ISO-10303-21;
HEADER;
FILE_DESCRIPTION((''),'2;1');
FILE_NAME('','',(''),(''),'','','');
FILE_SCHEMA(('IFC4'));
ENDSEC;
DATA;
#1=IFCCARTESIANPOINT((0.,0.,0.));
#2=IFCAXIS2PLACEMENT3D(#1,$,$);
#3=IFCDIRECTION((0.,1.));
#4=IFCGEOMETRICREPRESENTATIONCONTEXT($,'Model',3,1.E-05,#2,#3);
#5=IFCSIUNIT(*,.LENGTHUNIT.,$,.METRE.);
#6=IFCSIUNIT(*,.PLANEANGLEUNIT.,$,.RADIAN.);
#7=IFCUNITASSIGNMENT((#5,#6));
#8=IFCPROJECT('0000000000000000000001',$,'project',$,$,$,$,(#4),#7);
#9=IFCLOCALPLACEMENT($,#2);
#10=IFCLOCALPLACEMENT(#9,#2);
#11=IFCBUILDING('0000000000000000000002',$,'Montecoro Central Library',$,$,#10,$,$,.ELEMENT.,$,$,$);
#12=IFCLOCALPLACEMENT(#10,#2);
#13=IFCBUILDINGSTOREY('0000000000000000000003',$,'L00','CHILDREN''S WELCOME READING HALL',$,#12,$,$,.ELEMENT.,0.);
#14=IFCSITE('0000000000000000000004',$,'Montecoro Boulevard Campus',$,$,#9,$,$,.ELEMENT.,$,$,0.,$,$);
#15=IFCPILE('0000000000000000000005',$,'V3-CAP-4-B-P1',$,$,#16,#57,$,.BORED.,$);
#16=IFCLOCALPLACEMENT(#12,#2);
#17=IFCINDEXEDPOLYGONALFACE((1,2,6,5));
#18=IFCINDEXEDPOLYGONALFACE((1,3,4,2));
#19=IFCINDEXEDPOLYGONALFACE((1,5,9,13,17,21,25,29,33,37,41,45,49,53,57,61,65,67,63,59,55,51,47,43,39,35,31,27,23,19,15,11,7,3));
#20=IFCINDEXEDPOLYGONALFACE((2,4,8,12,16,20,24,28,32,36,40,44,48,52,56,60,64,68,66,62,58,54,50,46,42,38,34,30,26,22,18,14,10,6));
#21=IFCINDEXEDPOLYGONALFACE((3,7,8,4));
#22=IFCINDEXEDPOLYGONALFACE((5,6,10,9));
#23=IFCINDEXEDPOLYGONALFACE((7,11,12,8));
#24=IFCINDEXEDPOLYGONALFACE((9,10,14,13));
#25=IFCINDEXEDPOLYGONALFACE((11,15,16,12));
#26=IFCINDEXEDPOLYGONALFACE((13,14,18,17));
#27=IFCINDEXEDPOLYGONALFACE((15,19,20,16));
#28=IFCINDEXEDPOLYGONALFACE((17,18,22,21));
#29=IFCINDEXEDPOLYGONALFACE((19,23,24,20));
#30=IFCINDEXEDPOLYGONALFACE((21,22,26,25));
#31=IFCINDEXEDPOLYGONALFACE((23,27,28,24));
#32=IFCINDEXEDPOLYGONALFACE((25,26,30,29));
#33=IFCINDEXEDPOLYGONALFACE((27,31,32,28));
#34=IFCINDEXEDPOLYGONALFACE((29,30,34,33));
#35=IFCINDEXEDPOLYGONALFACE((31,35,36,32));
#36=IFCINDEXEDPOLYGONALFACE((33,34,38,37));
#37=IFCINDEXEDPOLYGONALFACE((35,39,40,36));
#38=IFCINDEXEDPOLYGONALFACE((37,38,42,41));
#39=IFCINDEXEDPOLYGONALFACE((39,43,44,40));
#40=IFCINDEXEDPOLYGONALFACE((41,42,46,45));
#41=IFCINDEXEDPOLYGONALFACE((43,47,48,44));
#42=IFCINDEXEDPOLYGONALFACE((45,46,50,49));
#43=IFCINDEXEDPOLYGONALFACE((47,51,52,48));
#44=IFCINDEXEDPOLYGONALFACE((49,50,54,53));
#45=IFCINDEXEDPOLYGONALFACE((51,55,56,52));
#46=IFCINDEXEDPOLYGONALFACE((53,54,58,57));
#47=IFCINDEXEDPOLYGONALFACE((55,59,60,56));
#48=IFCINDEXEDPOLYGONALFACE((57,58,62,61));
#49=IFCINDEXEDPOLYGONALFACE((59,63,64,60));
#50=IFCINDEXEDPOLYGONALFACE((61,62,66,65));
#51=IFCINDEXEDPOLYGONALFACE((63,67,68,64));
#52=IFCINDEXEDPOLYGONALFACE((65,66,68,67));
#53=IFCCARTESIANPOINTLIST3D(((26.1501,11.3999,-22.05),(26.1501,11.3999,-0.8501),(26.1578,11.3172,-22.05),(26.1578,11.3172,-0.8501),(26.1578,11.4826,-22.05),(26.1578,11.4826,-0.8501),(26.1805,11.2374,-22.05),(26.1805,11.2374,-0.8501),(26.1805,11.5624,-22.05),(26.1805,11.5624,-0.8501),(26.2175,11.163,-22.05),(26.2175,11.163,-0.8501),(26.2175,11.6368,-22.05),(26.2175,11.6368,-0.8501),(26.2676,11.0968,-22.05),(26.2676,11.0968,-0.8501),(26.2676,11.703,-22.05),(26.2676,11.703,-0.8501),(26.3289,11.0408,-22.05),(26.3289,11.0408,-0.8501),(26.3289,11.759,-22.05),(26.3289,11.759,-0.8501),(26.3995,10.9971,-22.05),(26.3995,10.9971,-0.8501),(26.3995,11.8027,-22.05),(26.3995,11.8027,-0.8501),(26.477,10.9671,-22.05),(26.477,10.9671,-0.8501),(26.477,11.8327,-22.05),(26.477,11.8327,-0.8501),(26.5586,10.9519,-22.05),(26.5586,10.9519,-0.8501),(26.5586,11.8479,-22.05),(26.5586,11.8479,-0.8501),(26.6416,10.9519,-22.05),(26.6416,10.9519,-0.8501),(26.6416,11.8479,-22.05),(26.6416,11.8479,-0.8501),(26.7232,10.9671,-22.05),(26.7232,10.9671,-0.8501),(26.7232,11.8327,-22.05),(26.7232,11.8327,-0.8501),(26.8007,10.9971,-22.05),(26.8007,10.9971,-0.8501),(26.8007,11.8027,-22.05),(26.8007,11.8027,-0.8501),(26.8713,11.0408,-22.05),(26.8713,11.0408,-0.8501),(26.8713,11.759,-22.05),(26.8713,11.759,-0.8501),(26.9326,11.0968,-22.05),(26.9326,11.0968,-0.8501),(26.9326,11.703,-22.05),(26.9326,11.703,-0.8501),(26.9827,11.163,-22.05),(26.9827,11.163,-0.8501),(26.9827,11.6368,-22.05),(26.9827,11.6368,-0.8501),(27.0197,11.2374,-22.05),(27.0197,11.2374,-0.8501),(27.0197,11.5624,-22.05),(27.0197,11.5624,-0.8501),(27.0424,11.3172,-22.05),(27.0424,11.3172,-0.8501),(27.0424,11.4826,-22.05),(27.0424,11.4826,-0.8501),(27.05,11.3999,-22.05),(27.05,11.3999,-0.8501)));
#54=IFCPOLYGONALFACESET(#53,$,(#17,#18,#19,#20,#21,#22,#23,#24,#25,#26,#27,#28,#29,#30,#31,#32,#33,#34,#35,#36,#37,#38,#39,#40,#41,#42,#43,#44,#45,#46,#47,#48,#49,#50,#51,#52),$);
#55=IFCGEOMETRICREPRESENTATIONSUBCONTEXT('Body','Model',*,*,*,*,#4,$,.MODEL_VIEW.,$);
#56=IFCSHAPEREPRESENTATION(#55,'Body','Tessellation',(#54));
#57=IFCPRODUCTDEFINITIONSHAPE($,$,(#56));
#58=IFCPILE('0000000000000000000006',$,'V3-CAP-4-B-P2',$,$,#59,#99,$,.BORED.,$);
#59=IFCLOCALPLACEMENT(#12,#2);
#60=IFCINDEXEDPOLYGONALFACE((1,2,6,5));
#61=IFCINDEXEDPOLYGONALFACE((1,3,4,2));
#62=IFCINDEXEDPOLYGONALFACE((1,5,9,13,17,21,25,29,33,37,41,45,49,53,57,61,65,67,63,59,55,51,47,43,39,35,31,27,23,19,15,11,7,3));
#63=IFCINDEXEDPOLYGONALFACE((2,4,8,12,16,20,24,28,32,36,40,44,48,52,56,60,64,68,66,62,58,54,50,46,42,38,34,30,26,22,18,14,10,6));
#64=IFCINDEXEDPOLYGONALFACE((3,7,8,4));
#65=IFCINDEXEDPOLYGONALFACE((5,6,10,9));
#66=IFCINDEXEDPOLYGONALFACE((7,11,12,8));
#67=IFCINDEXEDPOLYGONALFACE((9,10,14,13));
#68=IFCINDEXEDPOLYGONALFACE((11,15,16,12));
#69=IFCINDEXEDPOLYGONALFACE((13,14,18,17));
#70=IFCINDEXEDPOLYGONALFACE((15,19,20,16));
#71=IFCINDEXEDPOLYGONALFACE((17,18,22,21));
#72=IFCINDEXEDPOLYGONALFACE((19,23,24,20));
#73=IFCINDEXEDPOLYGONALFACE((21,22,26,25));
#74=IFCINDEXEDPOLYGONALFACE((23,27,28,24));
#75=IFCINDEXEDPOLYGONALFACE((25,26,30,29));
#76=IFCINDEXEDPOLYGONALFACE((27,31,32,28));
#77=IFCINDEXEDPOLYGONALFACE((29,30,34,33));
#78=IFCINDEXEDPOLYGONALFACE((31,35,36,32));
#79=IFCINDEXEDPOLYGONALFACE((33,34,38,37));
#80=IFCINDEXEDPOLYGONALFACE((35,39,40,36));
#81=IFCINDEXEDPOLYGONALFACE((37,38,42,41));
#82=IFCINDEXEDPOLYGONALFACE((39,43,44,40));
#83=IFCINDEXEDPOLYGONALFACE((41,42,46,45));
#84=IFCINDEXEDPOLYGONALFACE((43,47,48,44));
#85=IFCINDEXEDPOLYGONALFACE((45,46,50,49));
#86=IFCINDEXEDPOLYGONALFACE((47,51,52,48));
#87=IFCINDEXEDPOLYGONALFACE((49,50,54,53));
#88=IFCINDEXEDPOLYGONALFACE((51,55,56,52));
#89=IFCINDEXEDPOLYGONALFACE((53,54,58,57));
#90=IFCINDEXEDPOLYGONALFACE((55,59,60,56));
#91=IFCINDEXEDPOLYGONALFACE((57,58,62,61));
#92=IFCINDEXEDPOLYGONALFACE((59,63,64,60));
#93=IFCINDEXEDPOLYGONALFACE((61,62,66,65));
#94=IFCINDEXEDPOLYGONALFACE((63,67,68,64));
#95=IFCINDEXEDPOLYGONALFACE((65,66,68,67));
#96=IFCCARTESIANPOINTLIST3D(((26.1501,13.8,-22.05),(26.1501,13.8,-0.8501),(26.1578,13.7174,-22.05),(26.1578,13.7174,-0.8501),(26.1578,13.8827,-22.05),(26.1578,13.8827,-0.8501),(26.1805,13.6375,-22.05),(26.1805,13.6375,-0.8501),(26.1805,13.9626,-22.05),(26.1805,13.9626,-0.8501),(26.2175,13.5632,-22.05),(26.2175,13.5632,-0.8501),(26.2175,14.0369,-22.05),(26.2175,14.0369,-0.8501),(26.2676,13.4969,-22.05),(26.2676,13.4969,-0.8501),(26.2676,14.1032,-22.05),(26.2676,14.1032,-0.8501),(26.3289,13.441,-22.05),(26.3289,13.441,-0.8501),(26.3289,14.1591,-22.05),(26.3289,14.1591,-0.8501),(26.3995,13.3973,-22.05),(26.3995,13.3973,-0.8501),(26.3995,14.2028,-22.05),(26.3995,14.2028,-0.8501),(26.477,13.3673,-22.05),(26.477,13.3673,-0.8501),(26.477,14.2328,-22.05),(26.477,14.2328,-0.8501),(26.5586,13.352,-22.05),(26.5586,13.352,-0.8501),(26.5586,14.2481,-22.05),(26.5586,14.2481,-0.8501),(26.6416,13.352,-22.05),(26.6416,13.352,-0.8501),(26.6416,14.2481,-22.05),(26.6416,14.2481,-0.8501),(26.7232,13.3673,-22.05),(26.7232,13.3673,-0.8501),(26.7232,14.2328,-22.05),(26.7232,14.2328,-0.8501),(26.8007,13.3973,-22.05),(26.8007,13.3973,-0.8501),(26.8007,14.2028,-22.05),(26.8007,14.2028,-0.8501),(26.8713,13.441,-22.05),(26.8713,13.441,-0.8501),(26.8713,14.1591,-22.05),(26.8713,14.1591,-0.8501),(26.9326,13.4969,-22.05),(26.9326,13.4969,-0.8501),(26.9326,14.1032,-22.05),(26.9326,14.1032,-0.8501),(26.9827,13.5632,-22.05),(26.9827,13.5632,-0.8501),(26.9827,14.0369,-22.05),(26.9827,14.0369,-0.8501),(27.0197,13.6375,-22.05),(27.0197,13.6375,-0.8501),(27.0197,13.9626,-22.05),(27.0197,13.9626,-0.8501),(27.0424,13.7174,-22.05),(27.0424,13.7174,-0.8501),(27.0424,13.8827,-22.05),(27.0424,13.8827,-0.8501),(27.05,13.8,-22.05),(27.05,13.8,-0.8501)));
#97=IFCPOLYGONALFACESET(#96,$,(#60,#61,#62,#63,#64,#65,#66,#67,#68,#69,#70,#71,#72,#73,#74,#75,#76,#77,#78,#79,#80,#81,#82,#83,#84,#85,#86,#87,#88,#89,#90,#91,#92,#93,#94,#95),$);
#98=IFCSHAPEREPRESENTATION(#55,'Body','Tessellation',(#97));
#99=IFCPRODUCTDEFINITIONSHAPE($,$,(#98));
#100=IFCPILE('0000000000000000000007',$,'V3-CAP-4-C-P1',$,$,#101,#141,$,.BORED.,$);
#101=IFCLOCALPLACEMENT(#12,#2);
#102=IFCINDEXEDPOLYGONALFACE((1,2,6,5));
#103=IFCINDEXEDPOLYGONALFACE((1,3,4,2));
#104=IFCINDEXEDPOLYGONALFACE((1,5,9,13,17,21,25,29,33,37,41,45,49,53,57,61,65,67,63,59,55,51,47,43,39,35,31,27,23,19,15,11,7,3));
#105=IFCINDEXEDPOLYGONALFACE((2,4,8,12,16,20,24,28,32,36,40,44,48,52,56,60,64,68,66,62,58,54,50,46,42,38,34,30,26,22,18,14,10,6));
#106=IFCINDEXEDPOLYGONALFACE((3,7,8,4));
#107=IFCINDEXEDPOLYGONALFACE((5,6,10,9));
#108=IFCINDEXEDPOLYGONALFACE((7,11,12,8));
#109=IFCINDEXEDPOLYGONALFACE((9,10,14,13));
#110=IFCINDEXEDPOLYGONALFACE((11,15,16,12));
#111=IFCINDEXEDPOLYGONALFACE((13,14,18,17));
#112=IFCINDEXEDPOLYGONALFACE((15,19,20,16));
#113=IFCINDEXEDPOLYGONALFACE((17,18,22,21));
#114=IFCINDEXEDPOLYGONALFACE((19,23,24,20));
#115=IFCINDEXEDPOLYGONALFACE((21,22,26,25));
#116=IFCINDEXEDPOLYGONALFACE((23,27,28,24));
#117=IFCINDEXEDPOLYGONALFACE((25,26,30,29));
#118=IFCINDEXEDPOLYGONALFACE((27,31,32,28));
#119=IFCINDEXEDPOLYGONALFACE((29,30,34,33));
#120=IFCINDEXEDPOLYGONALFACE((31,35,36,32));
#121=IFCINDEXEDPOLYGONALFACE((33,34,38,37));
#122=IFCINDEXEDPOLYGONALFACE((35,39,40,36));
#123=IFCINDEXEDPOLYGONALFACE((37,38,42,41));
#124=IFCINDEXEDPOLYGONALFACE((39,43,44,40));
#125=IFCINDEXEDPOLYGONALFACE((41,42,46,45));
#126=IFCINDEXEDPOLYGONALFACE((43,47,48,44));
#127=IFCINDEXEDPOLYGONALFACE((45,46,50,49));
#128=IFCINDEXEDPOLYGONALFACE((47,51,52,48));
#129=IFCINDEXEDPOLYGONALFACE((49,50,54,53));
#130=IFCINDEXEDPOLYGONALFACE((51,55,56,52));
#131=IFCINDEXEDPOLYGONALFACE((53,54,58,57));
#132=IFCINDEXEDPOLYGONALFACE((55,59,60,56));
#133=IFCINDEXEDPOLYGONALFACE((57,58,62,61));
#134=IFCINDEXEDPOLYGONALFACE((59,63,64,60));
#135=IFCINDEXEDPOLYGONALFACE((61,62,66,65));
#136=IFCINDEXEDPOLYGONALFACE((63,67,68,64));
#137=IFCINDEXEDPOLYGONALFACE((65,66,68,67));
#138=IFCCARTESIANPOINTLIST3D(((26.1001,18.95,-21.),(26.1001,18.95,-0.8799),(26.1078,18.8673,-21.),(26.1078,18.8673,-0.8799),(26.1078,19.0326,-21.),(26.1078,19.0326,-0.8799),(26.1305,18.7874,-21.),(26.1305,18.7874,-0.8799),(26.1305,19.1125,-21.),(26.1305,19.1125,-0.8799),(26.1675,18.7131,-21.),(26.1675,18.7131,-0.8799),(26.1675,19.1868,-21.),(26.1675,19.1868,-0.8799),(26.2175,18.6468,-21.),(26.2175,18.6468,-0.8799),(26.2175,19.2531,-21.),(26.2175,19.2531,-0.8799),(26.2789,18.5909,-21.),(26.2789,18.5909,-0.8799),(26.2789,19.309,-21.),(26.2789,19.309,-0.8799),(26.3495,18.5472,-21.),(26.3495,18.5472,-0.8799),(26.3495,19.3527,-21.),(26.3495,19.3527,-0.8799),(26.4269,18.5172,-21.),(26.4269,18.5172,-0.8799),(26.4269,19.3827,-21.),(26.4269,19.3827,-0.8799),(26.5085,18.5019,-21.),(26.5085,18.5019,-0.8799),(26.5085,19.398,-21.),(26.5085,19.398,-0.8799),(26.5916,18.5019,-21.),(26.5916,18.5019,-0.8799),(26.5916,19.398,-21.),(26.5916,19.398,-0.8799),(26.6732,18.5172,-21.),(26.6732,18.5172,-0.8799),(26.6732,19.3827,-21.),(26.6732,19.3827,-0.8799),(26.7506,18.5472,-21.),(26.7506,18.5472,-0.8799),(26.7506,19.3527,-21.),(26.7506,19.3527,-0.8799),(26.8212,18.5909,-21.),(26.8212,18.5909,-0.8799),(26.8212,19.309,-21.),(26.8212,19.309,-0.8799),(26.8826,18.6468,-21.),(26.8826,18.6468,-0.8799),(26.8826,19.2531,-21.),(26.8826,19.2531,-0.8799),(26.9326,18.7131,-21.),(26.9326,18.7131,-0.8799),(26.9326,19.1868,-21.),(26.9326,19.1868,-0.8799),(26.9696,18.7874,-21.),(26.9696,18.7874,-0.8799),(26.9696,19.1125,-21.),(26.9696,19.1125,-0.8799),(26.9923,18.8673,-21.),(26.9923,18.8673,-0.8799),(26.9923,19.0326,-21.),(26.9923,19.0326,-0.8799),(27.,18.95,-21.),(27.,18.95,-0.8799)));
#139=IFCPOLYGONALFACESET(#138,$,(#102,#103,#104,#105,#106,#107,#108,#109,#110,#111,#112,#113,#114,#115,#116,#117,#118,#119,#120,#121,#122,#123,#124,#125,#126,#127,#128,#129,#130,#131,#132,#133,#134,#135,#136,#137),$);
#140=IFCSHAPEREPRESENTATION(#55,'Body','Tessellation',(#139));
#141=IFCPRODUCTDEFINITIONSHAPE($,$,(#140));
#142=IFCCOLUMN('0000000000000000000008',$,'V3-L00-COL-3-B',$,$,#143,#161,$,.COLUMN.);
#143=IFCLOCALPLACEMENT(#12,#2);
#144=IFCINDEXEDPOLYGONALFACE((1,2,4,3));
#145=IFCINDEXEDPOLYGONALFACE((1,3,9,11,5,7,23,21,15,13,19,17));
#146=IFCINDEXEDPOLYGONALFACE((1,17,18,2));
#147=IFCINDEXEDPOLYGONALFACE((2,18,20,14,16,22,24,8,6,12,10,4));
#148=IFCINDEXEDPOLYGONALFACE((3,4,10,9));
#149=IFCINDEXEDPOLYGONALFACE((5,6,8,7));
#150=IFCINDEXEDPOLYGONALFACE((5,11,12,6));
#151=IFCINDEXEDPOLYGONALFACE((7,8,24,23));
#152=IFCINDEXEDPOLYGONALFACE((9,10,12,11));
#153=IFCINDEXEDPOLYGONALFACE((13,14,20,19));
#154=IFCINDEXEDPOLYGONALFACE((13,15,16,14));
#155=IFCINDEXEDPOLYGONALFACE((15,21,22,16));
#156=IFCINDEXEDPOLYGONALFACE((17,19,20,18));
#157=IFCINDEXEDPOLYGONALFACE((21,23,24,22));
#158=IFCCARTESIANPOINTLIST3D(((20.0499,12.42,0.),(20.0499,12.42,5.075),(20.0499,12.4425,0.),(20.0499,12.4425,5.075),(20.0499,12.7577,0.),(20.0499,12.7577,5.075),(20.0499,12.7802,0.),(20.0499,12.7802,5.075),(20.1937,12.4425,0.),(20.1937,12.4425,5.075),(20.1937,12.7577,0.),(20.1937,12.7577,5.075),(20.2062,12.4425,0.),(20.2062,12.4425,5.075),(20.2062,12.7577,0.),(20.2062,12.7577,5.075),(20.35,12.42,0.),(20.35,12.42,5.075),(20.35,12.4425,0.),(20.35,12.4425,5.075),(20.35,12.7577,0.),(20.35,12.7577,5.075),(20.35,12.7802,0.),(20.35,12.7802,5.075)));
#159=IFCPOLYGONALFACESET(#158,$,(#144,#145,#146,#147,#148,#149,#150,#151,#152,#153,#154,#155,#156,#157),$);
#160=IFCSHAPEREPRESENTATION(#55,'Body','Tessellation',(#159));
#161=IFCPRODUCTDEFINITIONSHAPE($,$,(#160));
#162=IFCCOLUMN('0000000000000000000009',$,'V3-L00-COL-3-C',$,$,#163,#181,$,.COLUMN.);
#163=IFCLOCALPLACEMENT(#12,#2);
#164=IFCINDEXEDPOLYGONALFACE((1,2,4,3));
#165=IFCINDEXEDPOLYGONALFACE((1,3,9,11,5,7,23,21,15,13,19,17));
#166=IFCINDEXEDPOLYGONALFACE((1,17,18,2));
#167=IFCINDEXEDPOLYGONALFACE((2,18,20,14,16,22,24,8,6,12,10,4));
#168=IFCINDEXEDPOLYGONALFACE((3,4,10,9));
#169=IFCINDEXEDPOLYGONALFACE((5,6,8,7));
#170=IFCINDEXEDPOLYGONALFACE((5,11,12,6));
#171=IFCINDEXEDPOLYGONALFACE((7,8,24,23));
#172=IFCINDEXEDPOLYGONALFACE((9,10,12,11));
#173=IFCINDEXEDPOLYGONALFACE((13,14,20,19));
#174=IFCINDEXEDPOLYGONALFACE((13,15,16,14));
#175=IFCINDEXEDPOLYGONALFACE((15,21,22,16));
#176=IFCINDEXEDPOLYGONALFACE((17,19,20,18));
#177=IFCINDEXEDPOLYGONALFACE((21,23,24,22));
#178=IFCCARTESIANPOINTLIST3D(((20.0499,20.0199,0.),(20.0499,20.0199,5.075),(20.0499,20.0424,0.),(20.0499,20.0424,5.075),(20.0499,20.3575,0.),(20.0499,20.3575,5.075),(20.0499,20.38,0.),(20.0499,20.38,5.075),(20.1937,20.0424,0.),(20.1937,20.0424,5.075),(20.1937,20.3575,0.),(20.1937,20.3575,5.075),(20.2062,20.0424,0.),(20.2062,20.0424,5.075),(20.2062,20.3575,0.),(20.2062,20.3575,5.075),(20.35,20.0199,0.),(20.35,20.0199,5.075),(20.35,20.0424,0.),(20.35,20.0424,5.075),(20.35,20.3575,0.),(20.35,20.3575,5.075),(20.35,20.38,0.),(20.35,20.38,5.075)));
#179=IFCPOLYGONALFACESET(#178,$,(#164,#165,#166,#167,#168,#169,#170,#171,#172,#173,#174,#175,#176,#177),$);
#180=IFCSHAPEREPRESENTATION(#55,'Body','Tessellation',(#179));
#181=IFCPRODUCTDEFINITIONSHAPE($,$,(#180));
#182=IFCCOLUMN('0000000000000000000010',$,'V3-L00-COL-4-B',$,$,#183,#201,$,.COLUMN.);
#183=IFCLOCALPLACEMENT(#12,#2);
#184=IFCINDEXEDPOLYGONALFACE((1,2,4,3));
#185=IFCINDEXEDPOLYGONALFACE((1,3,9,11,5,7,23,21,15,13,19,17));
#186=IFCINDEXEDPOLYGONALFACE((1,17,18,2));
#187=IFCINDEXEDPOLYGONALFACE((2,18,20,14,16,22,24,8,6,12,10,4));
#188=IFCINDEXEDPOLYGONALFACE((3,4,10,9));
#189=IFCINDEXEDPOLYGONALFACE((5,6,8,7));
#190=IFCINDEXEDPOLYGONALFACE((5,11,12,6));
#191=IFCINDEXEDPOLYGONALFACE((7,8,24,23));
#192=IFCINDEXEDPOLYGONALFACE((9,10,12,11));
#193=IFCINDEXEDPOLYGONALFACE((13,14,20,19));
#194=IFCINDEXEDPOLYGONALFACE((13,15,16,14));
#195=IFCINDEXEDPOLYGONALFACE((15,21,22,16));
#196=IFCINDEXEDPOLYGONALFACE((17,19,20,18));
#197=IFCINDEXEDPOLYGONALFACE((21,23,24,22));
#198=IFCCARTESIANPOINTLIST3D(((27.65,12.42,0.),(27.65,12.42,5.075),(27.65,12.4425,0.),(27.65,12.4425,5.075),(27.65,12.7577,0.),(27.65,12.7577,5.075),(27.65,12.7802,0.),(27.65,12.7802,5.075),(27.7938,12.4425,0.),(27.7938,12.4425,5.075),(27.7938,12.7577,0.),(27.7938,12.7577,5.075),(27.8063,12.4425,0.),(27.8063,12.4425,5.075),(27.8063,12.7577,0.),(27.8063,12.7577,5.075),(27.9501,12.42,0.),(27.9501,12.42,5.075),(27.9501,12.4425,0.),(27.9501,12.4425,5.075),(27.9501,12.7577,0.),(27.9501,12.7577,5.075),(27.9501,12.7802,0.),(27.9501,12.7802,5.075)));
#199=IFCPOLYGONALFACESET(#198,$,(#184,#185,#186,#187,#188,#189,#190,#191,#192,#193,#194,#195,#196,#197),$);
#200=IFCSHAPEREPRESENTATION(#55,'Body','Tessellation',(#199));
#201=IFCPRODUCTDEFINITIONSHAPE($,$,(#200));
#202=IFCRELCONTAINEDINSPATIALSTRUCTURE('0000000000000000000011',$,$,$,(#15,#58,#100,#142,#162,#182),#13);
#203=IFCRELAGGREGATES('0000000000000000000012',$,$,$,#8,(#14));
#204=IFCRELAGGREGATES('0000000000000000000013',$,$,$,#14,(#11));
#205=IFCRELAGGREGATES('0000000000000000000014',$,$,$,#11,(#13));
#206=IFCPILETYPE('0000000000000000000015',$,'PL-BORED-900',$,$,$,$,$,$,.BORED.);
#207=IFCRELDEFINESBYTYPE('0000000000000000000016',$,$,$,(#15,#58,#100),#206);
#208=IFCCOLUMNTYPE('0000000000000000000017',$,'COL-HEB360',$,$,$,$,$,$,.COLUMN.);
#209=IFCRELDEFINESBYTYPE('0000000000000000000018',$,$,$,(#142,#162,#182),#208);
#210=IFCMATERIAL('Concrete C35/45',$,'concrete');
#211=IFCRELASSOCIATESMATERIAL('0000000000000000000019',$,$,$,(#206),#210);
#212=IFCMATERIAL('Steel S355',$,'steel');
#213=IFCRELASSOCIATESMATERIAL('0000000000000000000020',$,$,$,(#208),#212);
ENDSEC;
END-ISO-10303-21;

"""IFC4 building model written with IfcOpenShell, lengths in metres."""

from ifc_helpers import new_model, si_unit, direction, frame, origin, origin_2d, place, context, subcontext, project, spatial, circle, i_section, extrude, material, material_profile, profile_set, type_object, element, save


model = new_model("IFC4")

# Units and contexts
model_context = context("Model", 3, precision=1e-05, world=origin(), true_north=direction((0.0, 1.0)))
body_context = subcontext(model_context, "Body", "Model", "MODEL_VIEW")
ifc_project = project(units=[si_unit("LENGTHUNIT", "METRE"), si_unit("PLANEANGLEUNIT", "RADIAN")], contexts=[model_context])

# Site, building, storey
site_placement = place(None, origin())
site = spatial("IfcSite", under=ifc_project, at=site_placement, Name="Montecoro Boulevard Campus", CompositionType="ELEMENT", RefElevation=0.0)
building_placement = place(site_placement, origin())
building = spatial("IfcBuilding", under=site, at=building_placement, Name="Montecoro Central Library", CompositionType="ELEMENT")
storey_placement = place(building_placement, origin())
storey = spatial("IfcBuildingStorey", under=building, at=storey_placement, Name="L00", Description="CHILDREN'S WELCOME READING HALL", CompositionType="ELEMENT", Elevation=0.0)

# Shared definitions
ifc_material_1 = material(Name="Concrete C35/45", Category="concrete")

# Piles
ifc_material_profile_1 = material_profile(ifc_material_1, circle(Radius=0.45, at=origin_2d()), Name="PILE D900")
ifc_profile_set_1 = profile_set([ifc_material_profile_1], Name="Concrete C35/45")
pile_type_1 = type_object("IfcPileType", Name="PL-BORED-900", PredefinedType="BORED", material=ifc_profile_set_1)
for number, where, z_axis, x_axis, name in (
    (1, (26.6001, 11.3999, -0.8501), (0.0, 0.0, -1.0), (1.0, 0.0, 0.0), "V3-CAP-4-B-P1"),
    (2, (26.6001, 13.8, -0.8501), (0.0, 0.0, -1.0), (1.0, 0.0, 0.0), "V3-CAP-4-B-P2"),
):
    element("IfcPile", number, at=place(storey_placement, frame(where, z_axis=z_axis, x_axis=x_axis)), inside=storey, type_object=pile_type_1, Name=name, PredefinedType="BORED", context=body_context, shape_type="SweptSolid", body=[
        extrude(circle(Radius=0.45, at=origin_2d()), origin(), (0.0, 0.0, 1.0), 21.2),
    ])
pile_placement = place(storey_placement, frame((26.55, 18.95, -0.8799), z_axis=(0.0, 0.0, -1.0), x_axis=(1.0, 0.0, 0.0)))
element("IfcPile", 3, at=pile_placement, inside=storey, type_object=pile_type_1, Name="V3-CAP-4-C-P1", PredefinedType="BORED", context=body_context, shape_type="SweptSolid", body=[
    extrude(circle(Radius=0.45, at=origin_2d()), origin(), (0.0, 0.0, 1.0), 20.1201),
])

# Columns
ifc_material_2 = material(Name="Steel S355", Category="steel")
ifc_material_profile_2 = material_profile(ifc_material_2, i_section(OverallWidth=0.3, OverallDepth=0.3601, WebThickness=0.0125, FlangeThickness=0.0225, at=origin_2d()), Name="HEB 360")
ifc_profile_set_2 = profile_set([ifc_material_profile_2], Name="Steel S355")
column_type = type_object("IfcColumnType", Name="COL-HEB360", PredefinedType="COLUMN", material=ifc_profile_set_2)
for number, where, z_axis, x_axis, name in (
    (4, (20.2, 12.6001, 0.0), (0.0, 0.0, 1.0), (1.0, 0.0, 0.0), "V3-L00-COL-3-B"),
    (5, (20.2, 20.2, 0.0), (0.0, 0.0, 1.0), (1.0, 0.0, 0.0), "V3-L00-COL-3-C"),
    (6, (27.8, 12.6001, 0.0), (0.0, 0.0, 1.0), (1.0, 0.0, 0.0), "V3-L00-COL-4-B"),
):
    element("IfcColumn", number, at=place(storey_placement, frame(where, z_axis=z_axis, x_axis=x_axis)), inside=storey, type_object=column_type, Name=name, PredefinedType="COLUMN", context=body_context, shape_type="SweptSolid", body=[
        extrude(i_section(OverallWidth=0.3, OverallDepth=0.3601, WebThickness=0.0125, FlangeThickness=0.0225, at=origin_2d()), origin(), (0.0, 0.0, 1.0), 5.075),
    ])

save(model, "model.ifc")
